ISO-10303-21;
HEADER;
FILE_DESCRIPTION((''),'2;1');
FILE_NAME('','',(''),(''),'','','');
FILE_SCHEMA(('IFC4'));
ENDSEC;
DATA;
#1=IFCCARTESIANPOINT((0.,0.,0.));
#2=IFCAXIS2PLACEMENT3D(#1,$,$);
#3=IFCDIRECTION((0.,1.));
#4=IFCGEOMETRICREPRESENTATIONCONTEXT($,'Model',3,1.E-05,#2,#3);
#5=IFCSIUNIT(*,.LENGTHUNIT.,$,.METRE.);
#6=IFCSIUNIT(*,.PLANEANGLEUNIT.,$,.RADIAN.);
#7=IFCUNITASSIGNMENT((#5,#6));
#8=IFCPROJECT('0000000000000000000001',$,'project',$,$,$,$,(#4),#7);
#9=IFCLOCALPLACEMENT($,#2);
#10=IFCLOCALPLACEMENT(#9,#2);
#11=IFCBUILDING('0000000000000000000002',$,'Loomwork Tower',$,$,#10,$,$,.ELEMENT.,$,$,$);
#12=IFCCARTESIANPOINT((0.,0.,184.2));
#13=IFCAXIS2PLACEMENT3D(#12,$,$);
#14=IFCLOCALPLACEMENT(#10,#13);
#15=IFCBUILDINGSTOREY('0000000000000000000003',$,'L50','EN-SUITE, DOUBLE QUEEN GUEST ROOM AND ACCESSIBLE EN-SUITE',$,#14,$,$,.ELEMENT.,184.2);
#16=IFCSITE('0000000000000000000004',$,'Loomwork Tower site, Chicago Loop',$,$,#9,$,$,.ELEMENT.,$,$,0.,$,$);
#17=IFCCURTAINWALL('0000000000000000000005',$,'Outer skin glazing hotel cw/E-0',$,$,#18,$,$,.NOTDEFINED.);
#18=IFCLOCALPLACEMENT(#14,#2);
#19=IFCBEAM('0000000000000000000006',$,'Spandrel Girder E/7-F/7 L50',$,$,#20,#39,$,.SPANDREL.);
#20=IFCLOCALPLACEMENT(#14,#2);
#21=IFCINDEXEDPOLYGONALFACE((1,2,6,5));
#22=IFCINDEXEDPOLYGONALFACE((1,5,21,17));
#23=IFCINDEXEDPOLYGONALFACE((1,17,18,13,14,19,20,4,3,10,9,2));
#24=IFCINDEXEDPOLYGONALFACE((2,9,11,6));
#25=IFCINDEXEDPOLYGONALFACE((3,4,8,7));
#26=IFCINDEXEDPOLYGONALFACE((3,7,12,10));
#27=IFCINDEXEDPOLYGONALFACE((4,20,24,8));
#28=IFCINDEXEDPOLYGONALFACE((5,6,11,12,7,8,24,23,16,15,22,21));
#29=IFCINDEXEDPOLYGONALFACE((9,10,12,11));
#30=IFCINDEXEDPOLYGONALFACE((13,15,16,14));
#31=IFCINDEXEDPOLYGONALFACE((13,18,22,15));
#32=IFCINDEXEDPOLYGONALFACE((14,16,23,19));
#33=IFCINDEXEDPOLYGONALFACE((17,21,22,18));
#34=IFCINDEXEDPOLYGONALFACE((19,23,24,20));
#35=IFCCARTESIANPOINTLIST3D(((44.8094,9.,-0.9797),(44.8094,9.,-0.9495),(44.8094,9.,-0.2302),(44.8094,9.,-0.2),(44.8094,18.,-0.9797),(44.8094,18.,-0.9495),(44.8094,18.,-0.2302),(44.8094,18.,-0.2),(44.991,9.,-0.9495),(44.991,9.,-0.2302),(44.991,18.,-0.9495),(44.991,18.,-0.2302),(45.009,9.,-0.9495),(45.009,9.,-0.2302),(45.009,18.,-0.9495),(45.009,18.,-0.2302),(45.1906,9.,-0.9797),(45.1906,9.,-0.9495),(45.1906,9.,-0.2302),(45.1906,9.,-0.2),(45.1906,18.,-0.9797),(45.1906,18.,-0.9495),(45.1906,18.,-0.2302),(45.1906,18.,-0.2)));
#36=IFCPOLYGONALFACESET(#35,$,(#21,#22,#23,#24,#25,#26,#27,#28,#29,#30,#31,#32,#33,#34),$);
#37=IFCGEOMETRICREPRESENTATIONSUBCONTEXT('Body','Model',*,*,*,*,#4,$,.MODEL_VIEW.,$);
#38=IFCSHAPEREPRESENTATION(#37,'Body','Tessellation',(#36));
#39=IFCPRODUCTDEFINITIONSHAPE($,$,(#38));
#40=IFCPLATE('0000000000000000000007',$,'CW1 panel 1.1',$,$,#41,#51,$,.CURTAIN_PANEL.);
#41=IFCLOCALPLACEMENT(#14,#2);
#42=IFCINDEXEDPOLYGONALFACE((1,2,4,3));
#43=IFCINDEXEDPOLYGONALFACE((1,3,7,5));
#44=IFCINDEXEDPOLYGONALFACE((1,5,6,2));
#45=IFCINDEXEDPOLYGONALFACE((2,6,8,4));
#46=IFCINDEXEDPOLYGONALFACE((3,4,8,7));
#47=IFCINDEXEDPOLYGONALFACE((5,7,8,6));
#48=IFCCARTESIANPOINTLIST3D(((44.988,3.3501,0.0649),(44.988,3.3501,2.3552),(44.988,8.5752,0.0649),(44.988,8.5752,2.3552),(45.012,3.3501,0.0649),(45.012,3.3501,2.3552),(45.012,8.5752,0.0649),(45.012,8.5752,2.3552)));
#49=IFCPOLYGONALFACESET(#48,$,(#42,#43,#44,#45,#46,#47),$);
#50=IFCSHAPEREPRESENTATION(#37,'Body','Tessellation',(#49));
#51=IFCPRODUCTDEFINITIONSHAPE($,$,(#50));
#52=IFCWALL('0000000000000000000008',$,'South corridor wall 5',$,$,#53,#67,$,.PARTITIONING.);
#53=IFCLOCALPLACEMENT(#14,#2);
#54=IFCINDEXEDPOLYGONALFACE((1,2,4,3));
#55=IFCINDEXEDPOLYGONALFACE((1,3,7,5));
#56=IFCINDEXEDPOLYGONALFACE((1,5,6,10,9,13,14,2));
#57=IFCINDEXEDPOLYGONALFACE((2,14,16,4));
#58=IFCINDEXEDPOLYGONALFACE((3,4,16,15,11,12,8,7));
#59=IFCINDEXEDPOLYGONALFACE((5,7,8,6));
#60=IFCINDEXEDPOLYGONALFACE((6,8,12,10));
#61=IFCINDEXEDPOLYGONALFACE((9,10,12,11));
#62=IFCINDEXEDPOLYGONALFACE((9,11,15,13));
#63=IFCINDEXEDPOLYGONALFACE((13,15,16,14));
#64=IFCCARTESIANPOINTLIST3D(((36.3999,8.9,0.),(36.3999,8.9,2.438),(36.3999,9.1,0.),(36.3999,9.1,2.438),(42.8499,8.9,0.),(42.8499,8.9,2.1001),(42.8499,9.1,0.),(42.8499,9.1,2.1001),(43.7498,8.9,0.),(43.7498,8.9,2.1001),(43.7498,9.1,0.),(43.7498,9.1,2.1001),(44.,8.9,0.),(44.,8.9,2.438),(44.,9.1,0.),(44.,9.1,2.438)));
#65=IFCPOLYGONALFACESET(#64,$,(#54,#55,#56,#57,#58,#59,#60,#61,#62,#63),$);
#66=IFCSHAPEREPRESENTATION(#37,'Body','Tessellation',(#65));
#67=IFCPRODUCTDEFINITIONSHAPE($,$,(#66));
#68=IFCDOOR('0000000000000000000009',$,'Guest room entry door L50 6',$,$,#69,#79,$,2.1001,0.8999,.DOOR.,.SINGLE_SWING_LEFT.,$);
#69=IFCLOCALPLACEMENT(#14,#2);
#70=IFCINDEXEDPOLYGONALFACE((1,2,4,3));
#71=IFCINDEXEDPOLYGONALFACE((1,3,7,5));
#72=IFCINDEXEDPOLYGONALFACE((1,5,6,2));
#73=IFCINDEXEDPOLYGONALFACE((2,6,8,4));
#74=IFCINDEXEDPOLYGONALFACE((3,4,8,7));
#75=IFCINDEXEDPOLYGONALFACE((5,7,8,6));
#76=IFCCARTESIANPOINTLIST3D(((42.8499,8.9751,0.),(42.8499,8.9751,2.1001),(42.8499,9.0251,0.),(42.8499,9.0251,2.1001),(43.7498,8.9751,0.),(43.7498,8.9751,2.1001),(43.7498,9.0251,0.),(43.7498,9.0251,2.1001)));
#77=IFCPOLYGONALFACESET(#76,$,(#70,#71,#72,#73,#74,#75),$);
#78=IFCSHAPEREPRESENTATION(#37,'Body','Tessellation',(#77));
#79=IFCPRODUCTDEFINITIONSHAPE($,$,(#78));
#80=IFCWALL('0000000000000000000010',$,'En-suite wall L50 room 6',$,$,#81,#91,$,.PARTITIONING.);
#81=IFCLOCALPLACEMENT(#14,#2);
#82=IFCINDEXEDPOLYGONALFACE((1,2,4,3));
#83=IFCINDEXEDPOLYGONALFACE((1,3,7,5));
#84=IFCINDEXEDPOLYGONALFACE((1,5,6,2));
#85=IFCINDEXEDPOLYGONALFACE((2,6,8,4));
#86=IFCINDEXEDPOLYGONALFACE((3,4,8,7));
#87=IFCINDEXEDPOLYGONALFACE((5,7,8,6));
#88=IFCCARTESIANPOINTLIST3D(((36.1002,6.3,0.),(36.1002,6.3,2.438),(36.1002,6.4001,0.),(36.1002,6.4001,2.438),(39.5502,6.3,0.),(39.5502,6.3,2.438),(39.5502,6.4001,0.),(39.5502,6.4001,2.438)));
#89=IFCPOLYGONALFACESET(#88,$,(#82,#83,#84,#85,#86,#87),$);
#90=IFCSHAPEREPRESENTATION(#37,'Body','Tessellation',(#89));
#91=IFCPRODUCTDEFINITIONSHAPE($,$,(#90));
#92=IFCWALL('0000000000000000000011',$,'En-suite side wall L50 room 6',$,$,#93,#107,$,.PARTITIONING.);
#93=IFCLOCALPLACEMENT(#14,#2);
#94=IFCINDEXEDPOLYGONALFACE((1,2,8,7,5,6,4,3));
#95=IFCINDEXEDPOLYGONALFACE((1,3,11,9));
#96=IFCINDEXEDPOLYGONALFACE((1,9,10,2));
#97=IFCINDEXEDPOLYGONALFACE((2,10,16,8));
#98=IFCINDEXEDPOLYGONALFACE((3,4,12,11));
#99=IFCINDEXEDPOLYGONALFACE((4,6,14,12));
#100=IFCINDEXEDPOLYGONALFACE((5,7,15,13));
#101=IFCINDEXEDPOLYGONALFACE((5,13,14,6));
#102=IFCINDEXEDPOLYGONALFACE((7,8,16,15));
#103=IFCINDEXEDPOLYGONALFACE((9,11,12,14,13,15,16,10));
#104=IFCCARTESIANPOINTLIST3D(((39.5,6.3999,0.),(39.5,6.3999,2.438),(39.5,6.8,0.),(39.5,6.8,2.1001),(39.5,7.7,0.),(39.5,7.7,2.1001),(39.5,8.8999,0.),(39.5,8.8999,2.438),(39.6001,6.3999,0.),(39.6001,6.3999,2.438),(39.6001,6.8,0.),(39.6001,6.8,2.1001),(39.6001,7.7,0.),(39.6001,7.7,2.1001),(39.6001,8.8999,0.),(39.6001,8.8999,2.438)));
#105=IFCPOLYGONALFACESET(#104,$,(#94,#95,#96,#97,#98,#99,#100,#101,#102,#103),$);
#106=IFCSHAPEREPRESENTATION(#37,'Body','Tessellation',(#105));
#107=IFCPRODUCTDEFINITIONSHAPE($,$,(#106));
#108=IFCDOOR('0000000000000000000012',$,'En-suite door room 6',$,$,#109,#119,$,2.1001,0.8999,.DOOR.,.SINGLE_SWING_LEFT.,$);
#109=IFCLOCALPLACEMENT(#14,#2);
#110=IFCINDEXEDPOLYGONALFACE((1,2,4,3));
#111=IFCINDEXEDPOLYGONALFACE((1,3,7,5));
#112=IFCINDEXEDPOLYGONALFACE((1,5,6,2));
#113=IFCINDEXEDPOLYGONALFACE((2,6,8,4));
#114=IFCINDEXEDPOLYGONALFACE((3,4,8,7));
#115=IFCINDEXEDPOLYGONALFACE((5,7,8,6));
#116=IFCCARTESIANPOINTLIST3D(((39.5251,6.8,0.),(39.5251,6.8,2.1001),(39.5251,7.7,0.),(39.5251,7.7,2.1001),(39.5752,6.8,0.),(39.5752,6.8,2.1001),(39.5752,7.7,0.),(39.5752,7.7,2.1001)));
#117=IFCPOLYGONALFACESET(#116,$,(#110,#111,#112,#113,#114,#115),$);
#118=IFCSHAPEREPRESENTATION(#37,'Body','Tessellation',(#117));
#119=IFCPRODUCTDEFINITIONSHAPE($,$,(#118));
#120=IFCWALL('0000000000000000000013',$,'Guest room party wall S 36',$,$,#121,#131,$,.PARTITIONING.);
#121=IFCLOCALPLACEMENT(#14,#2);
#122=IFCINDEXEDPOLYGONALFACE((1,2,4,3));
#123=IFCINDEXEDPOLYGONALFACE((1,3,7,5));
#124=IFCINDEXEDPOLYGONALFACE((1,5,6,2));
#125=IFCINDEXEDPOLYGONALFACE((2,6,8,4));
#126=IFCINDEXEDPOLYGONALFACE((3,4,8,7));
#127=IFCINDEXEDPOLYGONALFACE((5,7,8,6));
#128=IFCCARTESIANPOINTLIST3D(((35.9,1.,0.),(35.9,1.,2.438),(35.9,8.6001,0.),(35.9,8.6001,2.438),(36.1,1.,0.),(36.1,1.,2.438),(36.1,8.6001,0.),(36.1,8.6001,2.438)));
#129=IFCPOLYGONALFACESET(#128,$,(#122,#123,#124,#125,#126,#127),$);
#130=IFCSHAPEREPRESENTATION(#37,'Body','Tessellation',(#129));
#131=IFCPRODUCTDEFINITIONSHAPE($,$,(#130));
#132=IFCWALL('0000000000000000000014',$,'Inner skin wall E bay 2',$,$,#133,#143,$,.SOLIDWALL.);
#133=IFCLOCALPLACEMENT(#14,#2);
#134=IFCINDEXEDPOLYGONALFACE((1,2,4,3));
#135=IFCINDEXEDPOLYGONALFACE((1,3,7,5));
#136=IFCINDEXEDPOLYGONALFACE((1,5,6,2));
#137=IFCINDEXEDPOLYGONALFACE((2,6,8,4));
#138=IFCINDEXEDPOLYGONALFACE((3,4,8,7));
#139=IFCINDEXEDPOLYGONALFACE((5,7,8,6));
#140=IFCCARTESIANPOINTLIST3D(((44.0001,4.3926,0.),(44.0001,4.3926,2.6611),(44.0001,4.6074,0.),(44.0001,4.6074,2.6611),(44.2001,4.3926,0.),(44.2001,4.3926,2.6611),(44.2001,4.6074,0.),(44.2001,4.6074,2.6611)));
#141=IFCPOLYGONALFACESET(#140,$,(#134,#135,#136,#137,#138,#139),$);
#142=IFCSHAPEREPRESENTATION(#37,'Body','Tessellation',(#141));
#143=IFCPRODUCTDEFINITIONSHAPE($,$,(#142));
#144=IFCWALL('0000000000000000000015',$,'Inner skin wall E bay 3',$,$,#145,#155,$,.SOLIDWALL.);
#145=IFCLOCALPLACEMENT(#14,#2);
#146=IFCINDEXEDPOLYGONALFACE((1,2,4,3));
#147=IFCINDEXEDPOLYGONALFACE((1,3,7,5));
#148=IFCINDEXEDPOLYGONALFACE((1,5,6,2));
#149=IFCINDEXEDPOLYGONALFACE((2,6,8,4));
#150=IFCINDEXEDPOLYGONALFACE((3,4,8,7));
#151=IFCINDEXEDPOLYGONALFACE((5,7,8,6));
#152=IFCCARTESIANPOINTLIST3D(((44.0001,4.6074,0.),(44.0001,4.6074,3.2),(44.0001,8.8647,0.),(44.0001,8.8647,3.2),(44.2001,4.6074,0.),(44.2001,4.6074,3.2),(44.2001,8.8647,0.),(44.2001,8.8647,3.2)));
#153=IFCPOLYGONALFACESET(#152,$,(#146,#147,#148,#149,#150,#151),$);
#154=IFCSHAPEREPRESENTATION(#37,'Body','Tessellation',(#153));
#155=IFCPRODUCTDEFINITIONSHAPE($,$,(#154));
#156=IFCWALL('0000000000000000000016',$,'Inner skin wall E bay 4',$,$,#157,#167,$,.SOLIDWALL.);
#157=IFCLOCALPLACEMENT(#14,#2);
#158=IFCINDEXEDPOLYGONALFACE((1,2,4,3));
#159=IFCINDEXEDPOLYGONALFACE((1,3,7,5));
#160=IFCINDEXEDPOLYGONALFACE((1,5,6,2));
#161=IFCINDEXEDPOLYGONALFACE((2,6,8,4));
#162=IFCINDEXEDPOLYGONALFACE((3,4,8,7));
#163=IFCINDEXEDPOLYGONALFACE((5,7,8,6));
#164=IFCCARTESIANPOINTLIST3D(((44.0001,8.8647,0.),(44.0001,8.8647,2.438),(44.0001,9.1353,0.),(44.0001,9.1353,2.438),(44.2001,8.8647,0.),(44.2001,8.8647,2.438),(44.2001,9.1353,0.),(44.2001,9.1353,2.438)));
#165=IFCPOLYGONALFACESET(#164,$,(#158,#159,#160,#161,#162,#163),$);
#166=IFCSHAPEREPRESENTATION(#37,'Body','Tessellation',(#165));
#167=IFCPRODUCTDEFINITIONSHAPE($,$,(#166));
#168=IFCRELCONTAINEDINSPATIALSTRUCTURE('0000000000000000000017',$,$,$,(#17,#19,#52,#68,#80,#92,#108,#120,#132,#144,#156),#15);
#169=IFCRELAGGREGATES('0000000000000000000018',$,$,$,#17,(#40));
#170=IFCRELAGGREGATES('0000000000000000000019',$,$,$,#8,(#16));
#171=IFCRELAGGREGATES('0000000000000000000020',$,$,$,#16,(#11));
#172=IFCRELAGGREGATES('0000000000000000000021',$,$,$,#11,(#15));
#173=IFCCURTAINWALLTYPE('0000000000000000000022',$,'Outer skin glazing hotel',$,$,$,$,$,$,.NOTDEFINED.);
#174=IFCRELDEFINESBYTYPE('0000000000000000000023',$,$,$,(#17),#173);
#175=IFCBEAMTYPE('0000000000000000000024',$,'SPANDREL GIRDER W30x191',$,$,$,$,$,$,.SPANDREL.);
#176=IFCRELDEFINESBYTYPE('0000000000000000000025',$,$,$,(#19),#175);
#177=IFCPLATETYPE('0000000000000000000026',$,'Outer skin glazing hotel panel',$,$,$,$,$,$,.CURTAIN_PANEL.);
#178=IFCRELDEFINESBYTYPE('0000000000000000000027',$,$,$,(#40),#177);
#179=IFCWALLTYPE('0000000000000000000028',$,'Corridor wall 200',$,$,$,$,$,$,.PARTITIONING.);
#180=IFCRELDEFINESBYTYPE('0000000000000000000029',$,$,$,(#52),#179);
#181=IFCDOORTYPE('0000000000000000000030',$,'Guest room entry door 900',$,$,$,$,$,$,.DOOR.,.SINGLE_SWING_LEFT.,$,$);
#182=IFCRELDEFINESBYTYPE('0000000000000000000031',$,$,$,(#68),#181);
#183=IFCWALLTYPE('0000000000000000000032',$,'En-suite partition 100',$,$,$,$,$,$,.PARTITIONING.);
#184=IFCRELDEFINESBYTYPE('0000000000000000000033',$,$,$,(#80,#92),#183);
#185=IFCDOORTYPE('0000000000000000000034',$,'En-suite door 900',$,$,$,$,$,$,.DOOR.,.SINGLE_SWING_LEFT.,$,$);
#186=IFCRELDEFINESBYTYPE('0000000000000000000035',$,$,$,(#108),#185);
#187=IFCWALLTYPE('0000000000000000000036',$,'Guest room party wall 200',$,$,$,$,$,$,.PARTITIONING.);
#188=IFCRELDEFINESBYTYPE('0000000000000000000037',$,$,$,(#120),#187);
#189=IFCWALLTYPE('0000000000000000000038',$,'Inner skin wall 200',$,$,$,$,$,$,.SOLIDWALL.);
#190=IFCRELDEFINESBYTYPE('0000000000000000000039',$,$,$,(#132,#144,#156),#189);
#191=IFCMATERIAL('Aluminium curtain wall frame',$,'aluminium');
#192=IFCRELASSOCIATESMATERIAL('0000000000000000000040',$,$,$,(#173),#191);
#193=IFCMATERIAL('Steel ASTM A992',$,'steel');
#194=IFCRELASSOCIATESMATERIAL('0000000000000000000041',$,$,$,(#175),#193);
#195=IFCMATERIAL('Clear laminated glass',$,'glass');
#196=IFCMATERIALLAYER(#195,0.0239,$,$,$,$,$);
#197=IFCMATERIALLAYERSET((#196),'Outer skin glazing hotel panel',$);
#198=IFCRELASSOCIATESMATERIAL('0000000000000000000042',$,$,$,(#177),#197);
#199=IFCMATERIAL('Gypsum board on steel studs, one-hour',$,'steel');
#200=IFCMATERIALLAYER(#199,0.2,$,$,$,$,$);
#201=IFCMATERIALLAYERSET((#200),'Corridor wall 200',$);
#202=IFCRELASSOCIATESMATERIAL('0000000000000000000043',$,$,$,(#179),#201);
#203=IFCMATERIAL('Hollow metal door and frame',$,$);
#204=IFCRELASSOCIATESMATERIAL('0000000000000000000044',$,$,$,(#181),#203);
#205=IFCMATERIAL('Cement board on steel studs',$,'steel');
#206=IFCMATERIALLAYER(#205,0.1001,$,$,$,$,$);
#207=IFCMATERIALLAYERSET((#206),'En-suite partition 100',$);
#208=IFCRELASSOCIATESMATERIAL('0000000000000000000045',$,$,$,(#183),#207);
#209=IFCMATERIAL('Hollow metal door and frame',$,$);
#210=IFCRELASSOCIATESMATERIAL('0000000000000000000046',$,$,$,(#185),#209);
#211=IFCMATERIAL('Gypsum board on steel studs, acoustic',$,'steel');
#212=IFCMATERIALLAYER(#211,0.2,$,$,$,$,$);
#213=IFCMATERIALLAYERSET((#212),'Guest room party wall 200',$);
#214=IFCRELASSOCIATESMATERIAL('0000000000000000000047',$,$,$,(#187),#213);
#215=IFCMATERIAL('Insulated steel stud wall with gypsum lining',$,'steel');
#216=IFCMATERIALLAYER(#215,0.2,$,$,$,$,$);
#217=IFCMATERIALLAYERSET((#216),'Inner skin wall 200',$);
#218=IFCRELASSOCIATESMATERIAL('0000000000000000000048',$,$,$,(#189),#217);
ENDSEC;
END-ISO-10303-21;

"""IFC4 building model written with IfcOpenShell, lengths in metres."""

from ifc_helpers import new_model, si_unit, direction, frame, frame_2d, origin, origin_2d, place, context, subcontext, project, spatial, rectangle, i_section, extrude, material, layer, layer_set, material_profile, profile_set, type_object, element, fill, aggregate, save


model = new_model("IFC4")

# Units and contexts
model_context = context("Model", 3, precision=1e-05, world=origin(), true_north=direction((0.0, 1.0)))
body_context = subcontext(model_context, "Body", "Model", "MODEL_VIEW")
ifc_project = project(units=[si_unit("LENGTHUNIT", "METRE"), si_unit("PLANEANGLEUNIT", "RADIAN")], contexts=[model_context])

# Site, building, storey
site_placement = place(None, origin())
site = spatial("IfcSite", under=ifc_project, at=site_placement, Name="Loomwork Tower site, Chicago Loop", CompositionType="ELEMENT", RefElevation=0.0)
building_placement = place(site_placement, origin())
building = spatial("IfcBuilding", under=site, at=building_placement, Name="Loomwork Tower", CompositionType="ELEMENT")
storey_placement = place(building_placement, frame((0.0, 0.0, 184.2)))
storey = spatial("IfcBuildingStorey", under=building, at=storey_placement, Name="L50", Description="EN-SUITE, DOUBLE QUEEN GUEST ROOM AND ACCESSIBLE EN-SUITE", CompositionType="ELEMENT", Elevation=184.2)

# Curtain wall
ifc_material_1 = material(Name="Aluminium curtain wall frame", Category="aluminium")
curtain_wall_type = type_object("IfcCurtainWallType", Name="Outer skin glazing hotel", PredefinedType="NOTDEFINED", material=ifc_material_1)
curtain_wall_placement = place(storey_placement, origin())
curtain_wall = element("IfcCurtainWall", 1, at=curtain_wall_placement, inside=storey, type_object=curtain_wall_type, Name="Outer skin glazing hotel cw/E-0", PredefinedType="NOTDEFINED")

# Beam
ifc_material_2 = material(Name="Steel ASTM A992", Category="steel")
ifc_material_profile_1 = material_profile(ifc_material_2, i_section(OverallWidth=0.3811, OverallDepth=0.7798, WebThickness=0.0181, FlangeThickness=0.0303, at=origin_2d()), Name="W30x191")
ifc_profile_set_1 = profile_set([ifc_material_profile_1], Name="Steel ASTM A992")
beam_type_1 = type_object("IfcBeamType", Name="SPANDREL GIRDER W30x191", PredefinedType="SPANDREL", material=ifc_profile_set_1)
beam_1_placement = place(storey_placement, frame((45.0, 9.0, -0.5898), z_axis=(0.0, 1.0, 0.0), x_axis=(-1.0, 0.0, 0.0)))
element("IfcBeam", 2, at=beam_1_placement, inside=storey, type_object=beam_type_1, Name="Spandrel Girder E/7-F/7 L50", PredefinedType="SPANDREL", context=body_context, shape_type="SweptSolid", body=[
    extrude(i_section(OverallWidth=0.3811, OverallDepth=0.7798, WebThickness=0.0181, FlangeThickness=0.0303, at=origin_2d()), origin(), (0.0, 0.0, 1.0), 9.0),
])

# Plate
ifc_material_3 = material(Name="Clear laminated glass", Category="glass")
ifc_layer_1 = layer(ifc_material_3, 0.0239)
ifc_layer_set_1 = layer_set([ifc_layer_1], Name="Outer skin glazing hotel panel")
plate_type = type_object("IfcPlateType", Name="Outer skin glazing hotel panel", PredefinedType="CURTAIN_PANEL", material=ifc_layer_set_1)
plate_placement = place(storey_placement, frame((45.0, 5.9626, 0.0649), z_axis=(0.0, 0.0, 1.0), x_axis=(0.0, 1.0, 0.0)))
plate = element("IfcPlate", 3, at=plate_placement, type_object=plate_type, Name="CW1 panel 1.1", PredefinedType="CURTAIN_PANEL", context=body_context, shape_type="SweptSolid", body=[
    extrude(rectangle(XDim=5.2251, YDim=0.0239, at=origin_2d()), origin(), (0.0, 0.0, 1.0), 2.2903),
])
aggregate(curtain_wall, [plate])

# Wall, opening, door
ifc_material_4 = material(Name="Gypsum board on steel studs, one-hour", Category="steel")
ifc_layer_2 = layer(ifc_material_4, 0.2)
ifc_layer_set_2 = layer_set([ifc_layer_2], Name="Corridor wall 200")
wall_type_1 = type_object("IfcWallType", Name="Corridor wall 200", PredefinedType="PARTITIONING", material=ifc_layer_set_2)
wall_1_placement = place(storey_placement, frame((36.3999, 9.0, 0.0), z_axis=(0.0, 0.0, 1.0), x_axis=(1.0, 0.0, 0.0)))
wall_1 = element("IfcWall", 4, at=wall_1_placement, inside=storey, type_object=wall_type_1, Name="South corridor wall 5", PredefinedType="PARTITIONING", context=body_context, shape_type="SweptSolid", body=[
    extrude(rectangle(XDim=7.6001, YDim=0.2, at=frame_2d((3.8, 0.0))), origin(), (0.0, 0.0, 1.0), 2.438),
])
opening_1_placement = place(wall_1_placement, frame((6.45, 0.0, 0.0)))
opening_1 = element("IfcOpeningElement", 5, at=opening_1_placement, cuts=wall_1, PredefinedType="OPENING", context=body_context, shape_type="SweptSolid", body=[
    extrude(rectangle(XDim=0.8999, YDim=2.1001, at=frame_2d((0.45, 1.05))), frame((0.0, 0.1099, 0.0), z_axis=(0.0, -1.0, 0.0), x_axis=(1.0, 0.0, 0.0)), (0.0, 0.0, 1.0), 0.22),
])
ifc_material_5 = material(Name="Hollow metal door and frame")
door_type_1 = type_object("IfcDoorType", Name="Guest room entry door 900", OperationType="SINGLE_SWING_LEFT", PredefinedType="DOOR", material=ifc_material_5)
door_1_placement = place(opening_1_placement, frame((0.8999, 0.0, 0.0), z_axis=(0.0, 0.0, 1.0), x_axis=(-1.0, 0.0, 0.0)))
door_1 = element("IfcDoor", 6, at=door_1_placement, inside=storey, type_object=door_type_1, Name="Guest room entry door L50 6", OperationType="SINGLE_SWING_LEFT", OverallHeight=2.1001, OverallWidth=0.8999, PredefinedType="DOOR", context=body_context, shape_type="SweptSolid", body=[
    extrude(rectangle(XDim=0.8999, YDim=2.1001, at=frame_2d((0.45, 1.05))), frame((0.0, 0.0249, 0.0), z_axis=(0.0, -1.0, 0.0), x_axis=(1.0, 0.0, 0.0)), (0.0, 0.0, 1.0), 0.05),
])
fill(opening_1, door_1)

# Wall
ifc_material_6 = material(Name="Cement board on steel studs", Category="steel")
ifc_layer_3 = layer(ifc_material_6, 0.1001)
ifc_layer_set_3 = layer_set([ifc_layer_3], Name="En-suite partition 100")
wall_type_2 = type_object("IfcWallType", Name="En-suite partition 100", PredefinedType="PARTITIONING", material=ifc_layer_set_3)
wall_2_placement = place(storey_placement, frame((36.1001, 6.3501, 0.0), z_axis=(0.0, 0.0, 1.0), x_axis=(1.0, 0.0, 0.0)))
element("IfcWall", 7, at=wall_2_placement, inside=storey, type_object=wall_type_2, Name="En-suite wall L50 room 6", PredefinedType="PARTITIONING", context=body_context, shape_type="SweptSolid", body=[
    extrude(rectangle(XDim=3.45, YDim=0.1001, at=frame_2d((1.7251, 0.0))), origin(), (0.0, 0.0, 1.0), 2.438),
])

# Wall, opening, door
wall_3_placement = place(storey_placement, frame((39.55, 8.8999, 0.0), z_axis=(0.0, 0.0, 1.0), x_axis=(0.0, -1.0, 0.0)))
wall_3 = element("IfcWall", 8, at=wall_3_placement, inside=storey, type_object=wall_type_2, Name="En-suite side wall L50 room 6", PredefinedType="PARTITIONING", context=body_context, shape_type="SweptSolid", body=[
    extrude(rectangle(XDim=2.5, YDim=0.1001, at=frame_2d((1.25, 0.0))), origin(), (0.0, 0.0, 1.0), 2.438),
])
opening_2_placement = place(wall_3_placement, frame((1.2, 0.0, 0.0)))
opening_2 = element("IfcOpeningElement", 9, at=opening_2_placement, cuts=wall_3, PredefinedType="OPENING", context=body_context, shape_type="SweptSolid", body=[
    extrude(rectangle(XDim=0.8999, YDim=2.1001, at=frame_2d((0.45, 1.05))), frame((0.0, 0.0601, 0.0), z_axis=(0.0, -1.0, 0.0), x_axis=(1.0, 0.0, 0.0)), (0.0, 0.0, 1.0), 0.1201),
])
ifc_material_7 = material(Name="Hollow metal door and frame")
door_type_2 = type_object("IfcDoorType", Name="En-suite door 900", OperationType="SINGLE_SWING_LEFT", PredefinedType="DOOR", material=ifc_material_7)
door_2_placement = place(opening_2_placement, frame((0.8999, 0.0, 0.0), z_axis=(0.0, 0.0, 1.0), x_axis=(-1.0, 0.0, 0.0)))
door_2 = element("IfcDoor", 10, at=door_2_placement, inside=storey, type_object=door_type_2, Name="En-suite door room 6", OperationType="SINGLE_SWING_LEFT", OverallHeight=2.1001, OverallWidth=0.8999, PredefinedType="DOOR", context=body_context, shape_type="SweptSolid", body=[
    extrude(rectangle(XDim=0.8999, YDim=2.1001, at=frame_2d((0.45, 1.05))), frame((0.0, 0.0249, 0.0), z_axis=(0.0, -1.0, 0.0), x_axis=(1.0, 0.0, 0.0)), (0.0, 0.0, 1.0), 0.05),
])
fill(opening_2, door_2)

# Walls
ifc_material_8 = material(Name="Gypsum board on steel studs, acoustic", Category="steel")
ifc_layer_4 = layer(ifc_material_8, 0.2)
ifc_layer_set_4 = layer_set([ifc_layer_4], Name="Guest room party wall 200")
wall_type_3 = type_object("IfcWallType", Name="Guest room party wall 200", PredefinedType="PARTITIONING", material=ifc_layer_set_4)
wall_4_placement = place(storey_placement, frame((36.0, 8.6001, 0.0), z_axis=(0.0, 0.0, 1.0), x_axis=(0.0, -1.0, 0.0)))
element("IfcWall", 11, at=wall_4_placement, inside=storey, type_object=wall_type_3, Name="Guest room party wall S 36", PredefinedType="PARTITIONING", context=body_context, shape_type="SweptSolid", body=[
    extrude(rectangle(XDim=7.6001, YDim=0.2, at=frame_2d((3.8, 0.0))), origin(), (0.0, 0.0, 1.0), 2.438),
])
ifc_material_9 = material(Name="Insulated steel stud wall with gypsum lining", Category="steel")
ifc_layer_5 = layer(ifc_material_9, 0.2)
ifc_layer_set_5 = layer_set([ifc_layer_5], Name="Inner skin wall 200")
wall_type_4 = type_object("IfcWallType", Name="Inner skin wall 200", PredefinedType="SOLIDWALL", material=ifc_layer_set_5)
wall_5_placement = place(storey_placement, frame((44.1001, 4.3926, 0.0), z_axis=(0.0, 0.0, 1.0), x_axis=(0.0, 1.0, 0.0)))
element("IfcWall", 12, at=wall_5_placement, inside=storey, type_object=wall_type_4, Name="Inner skin wall E bay 2", PredefinedType="SOLIDWALL", context=body_context, shape_type="SweptSolid", body=[
    extrude(rectangle(XDim=0.2148, YDim=0.2, at=frame_2d((0.1074, 0.0))), origin(), (0.0, 0.0, 1.0), 2.6611),
])
wall_6_placement = place(storey_placement, frame((44.1001, 4.6074, 0.0), z_axis=(0.0, 0.0, 1.0), x_axis=(0.0, 1.0, 0.0)))
element("IfcWall", 13, at=wall_6_placement, inside=storey, type_object=wall_type_4, Name="Inner skin wall E bay 3", PredefinedType="SOLIDWALL", context=body_context, shape_type="SweptSolid", body=[
    extrude(rectangle(XDim=4.2573, YDim=0.2, at=frame_2d((2.1287, 0.0))), origin(), (0.0, 0.0, 1.0), 3.2),
])
wall_7_placement = place(storey_placement, frame((44.1001, 8.8647, 0.0), z_axis=(0.0, 0.0, 1.0), x_axis=(0.0, 1.0, 0.0)))
element("IfcWall", 14, at=wall_7_placement, inside=storey, type_object=wall_type_4, Name="Inner skin wall E bay 4", PredefinedType="SOLIDWALL", context=body_context, shape_type="SweptSolid", body=[
    extrude(rectangle(XDim=0.2705, YDim=0.2, at=frame_2d((0.1353, 0.0))), origin(), (0.0, 0.0, 1.0), 2.438),
])

save(model, "model.ifc")
